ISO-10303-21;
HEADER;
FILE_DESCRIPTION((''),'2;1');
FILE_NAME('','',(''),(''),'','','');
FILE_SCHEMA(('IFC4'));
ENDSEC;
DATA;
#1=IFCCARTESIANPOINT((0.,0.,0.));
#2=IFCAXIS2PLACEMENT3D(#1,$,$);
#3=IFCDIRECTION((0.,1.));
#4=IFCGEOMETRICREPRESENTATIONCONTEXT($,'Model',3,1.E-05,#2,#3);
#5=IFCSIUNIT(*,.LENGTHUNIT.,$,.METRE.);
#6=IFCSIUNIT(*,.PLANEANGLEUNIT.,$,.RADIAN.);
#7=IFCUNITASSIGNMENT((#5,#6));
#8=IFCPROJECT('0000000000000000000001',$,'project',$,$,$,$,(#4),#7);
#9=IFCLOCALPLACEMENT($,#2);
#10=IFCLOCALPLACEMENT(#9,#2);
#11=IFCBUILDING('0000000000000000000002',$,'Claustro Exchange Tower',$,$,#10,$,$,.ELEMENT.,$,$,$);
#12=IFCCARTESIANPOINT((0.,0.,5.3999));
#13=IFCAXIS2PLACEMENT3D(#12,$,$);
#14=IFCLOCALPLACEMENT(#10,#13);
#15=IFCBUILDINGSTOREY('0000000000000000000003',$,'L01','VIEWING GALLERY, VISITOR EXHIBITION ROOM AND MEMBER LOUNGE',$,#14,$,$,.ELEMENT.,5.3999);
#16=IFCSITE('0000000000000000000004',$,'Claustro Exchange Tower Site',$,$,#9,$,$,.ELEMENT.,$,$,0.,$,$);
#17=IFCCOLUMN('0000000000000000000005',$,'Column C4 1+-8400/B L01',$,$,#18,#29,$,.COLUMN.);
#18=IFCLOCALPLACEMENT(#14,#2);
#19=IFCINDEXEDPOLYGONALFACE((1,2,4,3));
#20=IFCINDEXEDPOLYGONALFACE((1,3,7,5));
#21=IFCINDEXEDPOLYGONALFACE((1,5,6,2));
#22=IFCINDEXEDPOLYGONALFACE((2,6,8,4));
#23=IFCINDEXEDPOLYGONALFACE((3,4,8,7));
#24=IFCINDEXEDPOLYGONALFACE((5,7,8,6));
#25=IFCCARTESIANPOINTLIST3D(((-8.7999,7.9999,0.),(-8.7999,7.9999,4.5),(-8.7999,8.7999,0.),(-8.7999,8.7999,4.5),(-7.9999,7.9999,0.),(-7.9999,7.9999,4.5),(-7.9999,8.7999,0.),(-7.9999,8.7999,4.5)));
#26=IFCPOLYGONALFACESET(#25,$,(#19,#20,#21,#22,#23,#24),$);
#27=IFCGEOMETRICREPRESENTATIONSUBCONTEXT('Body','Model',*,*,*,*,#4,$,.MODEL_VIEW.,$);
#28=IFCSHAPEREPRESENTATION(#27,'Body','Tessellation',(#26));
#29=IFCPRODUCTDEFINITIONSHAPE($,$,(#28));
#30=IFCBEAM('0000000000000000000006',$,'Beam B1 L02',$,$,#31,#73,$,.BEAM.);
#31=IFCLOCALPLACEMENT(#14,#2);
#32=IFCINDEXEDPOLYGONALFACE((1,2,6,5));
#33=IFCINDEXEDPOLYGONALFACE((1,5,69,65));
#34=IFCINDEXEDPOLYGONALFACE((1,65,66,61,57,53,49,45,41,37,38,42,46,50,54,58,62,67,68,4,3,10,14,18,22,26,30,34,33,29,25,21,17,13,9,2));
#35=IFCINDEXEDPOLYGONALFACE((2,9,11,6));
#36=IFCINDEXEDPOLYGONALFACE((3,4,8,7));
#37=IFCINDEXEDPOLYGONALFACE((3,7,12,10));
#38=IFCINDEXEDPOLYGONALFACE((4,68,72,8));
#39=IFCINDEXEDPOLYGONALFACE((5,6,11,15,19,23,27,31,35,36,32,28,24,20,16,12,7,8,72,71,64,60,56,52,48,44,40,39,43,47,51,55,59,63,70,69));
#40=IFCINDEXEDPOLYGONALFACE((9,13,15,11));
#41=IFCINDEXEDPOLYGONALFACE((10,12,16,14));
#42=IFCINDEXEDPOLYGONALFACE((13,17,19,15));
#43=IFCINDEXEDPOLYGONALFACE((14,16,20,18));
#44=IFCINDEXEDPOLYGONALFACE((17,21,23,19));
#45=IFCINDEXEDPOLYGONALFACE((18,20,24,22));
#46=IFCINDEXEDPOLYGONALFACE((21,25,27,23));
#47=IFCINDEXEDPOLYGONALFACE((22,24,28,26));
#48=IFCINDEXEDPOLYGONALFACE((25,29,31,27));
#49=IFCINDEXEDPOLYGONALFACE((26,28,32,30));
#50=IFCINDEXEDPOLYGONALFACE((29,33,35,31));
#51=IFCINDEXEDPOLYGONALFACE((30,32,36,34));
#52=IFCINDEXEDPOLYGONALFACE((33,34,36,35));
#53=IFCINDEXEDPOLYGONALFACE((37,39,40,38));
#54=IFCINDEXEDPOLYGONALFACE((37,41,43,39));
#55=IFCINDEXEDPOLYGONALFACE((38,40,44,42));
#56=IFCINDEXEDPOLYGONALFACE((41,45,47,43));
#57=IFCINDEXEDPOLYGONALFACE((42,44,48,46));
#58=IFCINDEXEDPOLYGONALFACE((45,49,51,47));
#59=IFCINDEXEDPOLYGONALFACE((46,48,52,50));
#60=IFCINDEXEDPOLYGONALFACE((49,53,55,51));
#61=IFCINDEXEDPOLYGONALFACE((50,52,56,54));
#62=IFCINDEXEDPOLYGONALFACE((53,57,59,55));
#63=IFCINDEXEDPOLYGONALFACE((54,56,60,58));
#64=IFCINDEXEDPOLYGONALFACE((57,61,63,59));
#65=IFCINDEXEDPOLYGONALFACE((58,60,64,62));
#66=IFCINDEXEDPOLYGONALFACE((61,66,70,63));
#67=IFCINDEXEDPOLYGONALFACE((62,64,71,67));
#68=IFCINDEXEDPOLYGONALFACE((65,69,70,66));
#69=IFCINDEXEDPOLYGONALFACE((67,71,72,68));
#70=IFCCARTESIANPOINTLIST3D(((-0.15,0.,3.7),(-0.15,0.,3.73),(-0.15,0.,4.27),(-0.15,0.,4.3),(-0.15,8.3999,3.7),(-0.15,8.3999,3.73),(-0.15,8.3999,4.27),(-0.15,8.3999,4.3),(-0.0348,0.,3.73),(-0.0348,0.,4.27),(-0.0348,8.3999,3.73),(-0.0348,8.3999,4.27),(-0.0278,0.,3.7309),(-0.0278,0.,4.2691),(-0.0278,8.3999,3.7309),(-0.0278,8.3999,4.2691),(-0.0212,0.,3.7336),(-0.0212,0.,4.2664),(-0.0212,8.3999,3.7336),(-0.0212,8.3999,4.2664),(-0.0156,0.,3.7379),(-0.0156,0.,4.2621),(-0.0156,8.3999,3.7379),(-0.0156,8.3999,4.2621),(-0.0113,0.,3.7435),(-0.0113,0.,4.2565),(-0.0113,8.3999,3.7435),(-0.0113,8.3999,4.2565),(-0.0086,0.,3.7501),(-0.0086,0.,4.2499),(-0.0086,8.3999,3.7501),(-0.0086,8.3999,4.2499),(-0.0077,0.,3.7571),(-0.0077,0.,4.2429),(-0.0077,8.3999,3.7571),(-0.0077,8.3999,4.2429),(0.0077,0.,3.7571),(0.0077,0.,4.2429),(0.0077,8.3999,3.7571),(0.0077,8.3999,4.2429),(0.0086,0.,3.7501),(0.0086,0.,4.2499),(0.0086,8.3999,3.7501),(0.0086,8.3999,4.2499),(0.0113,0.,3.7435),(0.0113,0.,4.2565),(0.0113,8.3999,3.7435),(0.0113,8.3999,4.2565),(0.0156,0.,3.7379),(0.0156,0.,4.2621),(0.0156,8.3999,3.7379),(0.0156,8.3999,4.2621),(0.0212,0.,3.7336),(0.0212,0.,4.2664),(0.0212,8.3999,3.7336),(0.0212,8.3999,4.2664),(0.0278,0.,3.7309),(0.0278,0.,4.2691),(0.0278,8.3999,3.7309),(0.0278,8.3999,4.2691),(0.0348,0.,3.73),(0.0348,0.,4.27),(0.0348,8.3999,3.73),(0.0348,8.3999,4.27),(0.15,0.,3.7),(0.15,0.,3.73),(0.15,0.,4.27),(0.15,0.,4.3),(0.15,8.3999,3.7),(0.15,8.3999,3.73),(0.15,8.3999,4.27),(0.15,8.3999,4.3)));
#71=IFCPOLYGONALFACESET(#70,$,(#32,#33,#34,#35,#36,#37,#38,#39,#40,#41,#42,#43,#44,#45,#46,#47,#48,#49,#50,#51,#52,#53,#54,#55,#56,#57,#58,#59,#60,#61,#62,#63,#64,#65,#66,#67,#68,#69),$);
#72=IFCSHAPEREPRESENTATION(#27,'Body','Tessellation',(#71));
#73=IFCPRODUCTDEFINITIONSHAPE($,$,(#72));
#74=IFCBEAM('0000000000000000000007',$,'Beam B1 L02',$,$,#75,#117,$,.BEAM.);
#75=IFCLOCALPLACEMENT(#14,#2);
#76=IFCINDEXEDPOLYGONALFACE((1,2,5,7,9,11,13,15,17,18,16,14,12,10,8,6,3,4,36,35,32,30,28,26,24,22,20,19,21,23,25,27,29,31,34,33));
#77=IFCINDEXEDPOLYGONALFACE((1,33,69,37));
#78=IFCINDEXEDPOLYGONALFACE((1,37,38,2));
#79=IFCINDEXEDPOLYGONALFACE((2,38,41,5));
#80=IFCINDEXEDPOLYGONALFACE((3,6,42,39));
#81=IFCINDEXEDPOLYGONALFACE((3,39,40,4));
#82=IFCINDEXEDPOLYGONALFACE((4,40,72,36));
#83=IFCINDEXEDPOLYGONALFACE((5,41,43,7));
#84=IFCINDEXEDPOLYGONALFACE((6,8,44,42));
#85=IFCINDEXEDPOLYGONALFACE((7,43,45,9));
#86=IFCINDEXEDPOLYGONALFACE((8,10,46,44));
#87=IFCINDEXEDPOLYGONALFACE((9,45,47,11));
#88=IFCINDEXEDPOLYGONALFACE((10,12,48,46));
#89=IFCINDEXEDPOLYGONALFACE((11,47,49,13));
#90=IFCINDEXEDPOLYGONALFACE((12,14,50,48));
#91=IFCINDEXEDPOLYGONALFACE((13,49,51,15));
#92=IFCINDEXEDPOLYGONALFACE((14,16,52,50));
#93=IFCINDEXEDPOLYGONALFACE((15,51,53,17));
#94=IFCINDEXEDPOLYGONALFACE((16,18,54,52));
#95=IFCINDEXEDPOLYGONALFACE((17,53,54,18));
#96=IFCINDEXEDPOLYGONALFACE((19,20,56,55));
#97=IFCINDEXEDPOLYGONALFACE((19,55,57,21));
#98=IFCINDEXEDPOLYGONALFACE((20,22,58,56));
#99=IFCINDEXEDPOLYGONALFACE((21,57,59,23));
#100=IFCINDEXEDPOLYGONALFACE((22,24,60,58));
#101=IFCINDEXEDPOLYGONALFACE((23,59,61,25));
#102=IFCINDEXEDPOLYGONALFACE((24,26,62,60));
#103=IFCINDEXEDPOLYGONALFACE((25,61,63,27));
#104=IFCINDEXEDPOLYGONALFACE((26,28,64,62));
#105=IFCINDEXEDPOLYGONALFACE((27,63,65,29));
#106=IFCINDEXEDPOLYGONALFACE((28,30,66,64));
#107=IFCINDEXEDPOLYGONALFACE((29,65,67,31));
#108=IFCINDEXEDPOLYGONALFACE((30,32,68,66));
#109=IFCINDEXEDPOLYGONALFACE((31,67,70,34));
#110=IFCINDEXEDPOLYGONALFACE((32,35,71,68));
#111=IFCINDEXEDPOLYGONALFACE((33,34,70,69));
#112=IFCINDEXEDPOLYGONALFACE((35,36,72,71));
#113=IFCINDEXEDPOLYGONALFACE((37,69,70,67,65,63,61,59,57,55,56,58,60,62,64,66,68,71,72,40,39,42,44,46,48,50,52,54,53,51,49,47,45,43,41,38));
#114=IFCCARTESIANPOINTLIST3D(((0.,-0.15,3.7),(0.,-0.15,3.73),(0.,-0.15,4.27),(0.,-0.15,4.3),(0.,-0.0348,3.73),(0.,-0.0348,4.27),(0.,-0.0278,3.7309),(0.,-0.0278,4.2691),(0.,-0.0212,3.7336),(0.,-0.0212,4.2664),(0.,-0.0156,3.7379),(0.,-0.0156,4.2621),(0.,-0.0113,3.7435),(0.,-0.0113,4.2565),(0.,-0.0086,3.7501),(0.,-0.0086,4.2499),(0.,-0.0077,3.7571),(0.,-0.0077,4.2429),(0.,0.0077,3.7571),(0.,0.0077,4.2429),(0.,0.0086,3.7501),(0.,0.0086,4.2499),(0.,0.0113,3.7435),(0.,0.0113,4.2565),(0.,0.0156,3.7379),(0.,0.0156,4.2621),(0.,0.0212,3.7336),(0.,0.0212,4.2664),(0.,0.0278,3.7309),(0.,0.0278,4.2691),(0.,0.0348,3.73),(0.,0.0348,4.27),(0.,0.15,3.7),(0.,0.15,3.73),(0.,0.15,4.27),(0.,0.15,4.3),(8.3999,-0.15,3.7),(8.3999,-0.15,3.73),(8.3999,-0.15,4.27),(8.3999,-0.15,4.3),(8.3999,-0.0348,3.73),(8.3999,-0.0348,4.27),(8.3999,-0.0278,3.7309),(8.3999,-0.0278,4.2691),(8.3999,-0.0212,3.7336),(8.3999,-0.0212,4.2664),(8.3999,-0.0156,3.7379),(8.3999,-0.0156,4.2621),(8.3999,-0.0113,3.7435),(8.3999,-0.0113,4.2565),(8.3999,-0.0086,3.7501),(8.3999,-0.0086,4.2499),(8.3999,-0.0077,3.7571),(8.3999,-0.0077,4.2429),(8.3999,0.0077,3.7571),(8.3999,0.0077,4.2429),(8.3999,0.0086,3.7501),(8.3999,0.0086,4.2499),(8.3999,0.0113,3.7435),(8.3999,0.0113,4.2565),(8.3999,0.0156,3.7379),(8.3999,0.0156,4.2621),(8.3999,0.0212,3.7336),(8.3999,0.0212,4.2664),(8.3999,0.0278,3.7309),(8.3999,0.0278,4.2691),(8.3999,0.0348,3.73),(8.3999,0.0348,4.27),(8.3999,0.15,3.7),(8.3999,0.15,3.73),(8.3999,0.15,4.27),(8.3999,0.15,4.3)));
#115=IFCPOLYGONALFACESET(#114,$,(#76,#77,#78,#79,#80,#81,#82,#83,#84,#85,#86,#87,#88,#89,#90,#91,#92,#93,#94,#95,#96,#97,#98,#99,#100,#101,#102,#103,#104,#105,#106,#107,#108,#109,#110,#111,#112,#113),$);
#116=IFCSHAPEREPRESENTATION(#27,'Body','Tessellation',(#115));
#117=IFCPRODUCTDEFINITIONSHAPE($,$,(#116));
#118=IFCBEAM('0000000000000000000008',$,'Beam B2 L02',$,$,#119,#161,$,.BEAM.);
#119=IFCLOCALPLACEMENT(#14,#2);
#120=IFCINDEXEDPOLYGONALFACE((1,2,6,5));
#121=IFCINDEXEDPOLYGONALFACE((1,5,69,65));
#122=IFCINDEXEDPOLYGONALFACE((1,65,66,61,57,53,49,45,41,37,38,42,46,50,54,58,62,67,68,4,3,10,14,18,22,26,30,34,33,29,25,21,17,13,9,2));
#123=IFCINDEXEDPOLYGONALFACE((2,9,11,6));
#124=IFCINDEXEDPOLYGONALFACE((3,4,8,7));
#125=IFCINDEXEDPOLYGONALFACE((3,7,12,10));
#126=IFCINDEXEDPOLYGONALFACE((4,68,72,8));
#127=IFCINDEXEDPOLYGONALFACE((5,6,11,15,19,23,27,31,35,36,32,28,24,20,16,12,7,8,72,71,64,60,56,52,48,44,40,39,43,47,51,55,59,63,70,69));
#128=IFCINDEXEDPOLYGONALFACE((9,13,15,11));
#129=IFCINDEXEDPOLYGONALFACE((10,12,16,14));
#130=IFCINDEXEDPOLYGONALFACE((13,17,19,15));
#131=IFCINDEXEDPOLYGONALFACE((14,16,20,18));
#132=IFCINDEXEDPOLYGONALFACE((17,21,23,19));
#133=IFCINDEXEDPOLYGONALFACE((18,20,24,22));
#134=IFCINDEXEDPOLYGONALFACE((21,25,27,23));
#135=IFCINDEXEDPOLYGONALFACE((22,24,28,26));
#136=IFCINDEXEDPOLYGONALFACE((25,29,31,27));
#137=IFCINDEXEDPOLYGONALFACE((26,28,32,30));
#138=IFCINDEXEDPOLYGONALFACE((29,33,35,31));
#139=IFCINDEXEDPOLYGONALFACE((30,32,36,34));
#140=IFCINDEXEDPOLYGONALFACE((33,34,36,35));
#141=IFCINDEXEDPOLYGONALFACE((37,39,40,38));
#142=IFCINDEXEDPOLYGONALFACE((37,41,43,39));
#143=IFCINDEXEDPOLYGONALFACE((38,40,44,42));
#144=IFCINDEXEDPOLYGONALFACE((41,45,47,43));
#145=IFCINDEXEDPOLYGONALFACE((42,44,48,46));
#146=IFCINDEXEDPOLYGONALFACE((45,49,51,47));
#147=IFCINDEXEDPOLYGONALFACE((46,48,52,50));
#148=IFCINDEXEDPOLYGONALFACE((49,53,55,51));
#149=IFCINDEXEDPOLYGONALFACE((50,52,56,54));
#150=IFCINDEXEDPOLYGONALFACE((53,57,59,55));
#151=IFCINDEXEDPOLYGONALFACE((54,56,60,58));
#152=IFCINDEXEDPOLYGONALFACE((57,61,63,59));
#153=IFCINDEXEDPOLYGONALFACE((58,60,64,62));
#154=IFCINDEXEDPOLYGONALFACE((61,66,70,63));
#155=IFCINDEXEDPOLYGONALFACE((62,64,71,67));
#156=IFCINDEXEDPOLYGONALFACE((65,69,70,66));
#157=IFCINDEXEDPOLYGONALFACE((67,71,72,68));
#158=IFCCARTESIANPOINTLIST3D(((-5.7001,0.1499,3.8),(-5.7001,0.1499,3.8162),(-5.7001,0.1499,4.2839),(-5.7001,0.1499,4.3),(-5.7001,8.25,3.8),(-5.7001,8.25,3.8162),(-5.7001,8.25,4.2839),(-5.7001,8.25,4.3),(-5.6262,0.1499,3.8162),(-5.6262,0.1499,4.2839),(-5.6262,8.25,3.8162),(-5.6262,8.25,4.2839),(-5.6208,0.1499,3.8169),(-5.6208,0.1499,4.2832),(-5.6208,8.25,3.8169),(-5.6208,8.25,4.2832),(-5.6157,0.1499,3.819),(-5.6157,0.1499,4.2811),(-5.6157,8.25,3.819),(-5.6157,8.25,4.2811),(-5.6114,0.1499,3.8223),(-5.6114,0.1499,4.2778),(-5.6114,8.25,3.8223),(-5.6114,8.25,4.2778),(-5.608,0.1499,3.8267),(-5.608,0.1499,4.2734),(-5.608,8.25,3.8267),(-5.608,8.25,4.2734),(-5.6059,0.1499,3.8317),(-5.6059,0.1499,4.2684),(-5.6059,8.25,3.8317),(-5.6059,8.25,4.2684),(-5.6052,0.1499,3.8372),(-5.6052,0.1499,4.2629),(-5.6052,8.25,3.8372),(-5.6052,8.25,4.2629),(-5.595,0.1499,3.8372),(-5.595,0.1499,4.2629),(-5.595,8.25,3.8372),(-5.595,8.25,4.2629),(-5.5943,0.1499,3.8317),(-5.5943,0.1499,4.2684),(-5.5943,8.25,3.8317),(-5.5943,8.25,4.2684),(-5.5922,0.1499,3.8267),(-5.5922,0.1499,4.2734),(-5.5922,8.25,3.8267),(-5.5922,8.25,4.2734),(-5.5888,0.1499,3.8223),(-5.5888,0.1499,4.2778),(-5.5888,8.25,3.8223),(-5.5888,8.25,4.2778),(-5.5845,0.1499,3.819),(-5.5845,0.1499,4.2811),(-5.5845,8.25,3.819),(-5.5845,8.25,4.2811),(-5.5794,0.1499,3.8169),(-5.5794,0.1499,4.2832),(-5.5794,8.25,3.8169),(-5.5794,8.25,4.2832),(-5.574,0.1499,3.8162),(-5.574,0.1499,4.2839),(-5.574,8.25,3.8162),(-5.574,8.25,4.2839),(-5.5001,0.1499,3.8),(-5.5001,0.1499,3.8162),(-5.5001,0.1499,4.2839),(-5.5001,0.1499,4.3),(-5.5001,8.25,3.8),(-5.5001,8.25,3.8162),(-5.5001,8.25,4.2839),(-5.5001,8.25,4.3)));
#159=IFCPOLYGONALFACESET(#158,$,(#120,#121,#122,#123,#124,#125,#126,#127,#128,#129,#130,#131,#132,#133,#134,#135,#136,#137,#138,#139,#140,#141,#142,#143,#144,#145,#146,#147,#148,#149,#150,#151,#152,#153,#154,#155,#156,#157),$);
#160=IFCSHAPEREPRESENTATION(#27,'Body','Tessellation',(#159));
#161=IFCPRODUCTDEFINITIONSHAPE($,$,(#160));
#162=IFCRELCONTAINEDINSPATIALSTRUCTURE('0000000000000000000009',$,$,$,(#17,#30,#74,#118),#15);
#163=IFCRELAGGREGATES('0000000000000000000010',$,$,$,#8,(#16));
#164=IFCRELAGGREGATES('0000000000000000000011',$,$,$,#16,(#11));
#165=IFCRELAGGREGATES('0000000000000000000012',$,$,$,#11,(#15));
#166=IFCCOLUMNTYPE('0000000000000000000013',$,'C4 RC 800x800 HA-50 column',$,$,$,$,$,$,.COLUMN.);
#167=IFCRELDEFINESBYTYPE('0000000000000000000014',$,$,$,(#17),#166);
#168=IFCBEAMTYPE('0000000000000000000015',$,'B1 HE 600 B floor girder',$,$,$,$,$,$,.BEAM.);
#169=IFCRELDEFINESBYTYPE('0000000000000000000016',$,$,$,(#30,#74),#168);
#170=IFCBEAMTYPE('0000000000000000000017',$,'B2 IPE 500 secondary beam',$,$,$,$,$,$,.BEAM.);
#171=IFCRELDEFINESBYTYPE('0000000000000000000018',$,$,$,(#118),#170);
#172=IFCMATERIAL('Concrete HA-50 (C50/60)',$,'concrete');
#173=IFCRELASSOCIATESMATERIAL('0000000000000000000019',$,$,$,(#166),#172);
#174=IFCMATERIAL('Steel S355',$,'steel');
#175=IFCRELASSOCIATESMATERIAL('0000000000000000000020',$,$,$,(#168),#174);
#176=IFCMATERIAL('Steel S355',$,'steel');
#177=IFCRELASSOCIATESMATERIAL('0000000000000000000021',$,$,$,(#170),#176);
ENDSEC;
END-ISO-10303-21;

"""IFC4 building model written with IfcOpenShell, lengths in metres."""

from ifc_helpers import new_model, si_unit, direction, frame, origin, origin_2d, place, context, subcontext, project, spatial, rectangle, i_section, extrude, material, material_profile, profile_set, type_object, element, save


model = new_model("IFC4")

# Units and contexts
model_context = context("Model", 3, precision=1e-05, world=origin(), true_north=direction((0.0, 1.0)))
body_context = subcontext(model_context, "Body", "Model", "MODEL_VIEW")
ifc_project = project(units=[si_unit("LENGTHUNIT", "METRE"), si_unit("PLANEANGLEUNIT", "RADIAN")], contexts=[model_context])

# Site, building, storey
site_placement = place(None, origin())
site = spatial("IfcSite", under=ifc_project, at=site_placement, Name="Claustro Exchange Tower Site", CompositionType="ELEMENT", RefElevation=0.0)
building_placement = place(site_placement, origin())
building = spatial("IfcBuilding", under=site, at=building_placement, Name="Claustro Exchange Tower", CompositionType="ELEMENT")
storey_placement = place(building_placement, frame((0.0, 0.0, 5.3999)))
storey = spatial("IfcBuildingStorey", under=building, at=storey_placement, Name="L01", Description="VIEWING GALLERY, VISITOR EXHIBITION ROOM AND MEMBER LOUNGE", CompositionType="ELEMENT", Elevation=5.3999)

# Column
ifc_material_1 = material(Name="Concrete HA-50 (C50/60)", Category="concrete")
ifc_material_profile_1 = material_profile(ifc_material_1, rectangle(XDim=0.8, YDim=0.8, at=origin_2d()), Name="RC 800x800")
ifc_profile_set_1 = profile_set([ifc_material_profile_1], Name="Concrete HA-50 (C50/60)")
column_type = type_object("IfcColumnType", Name="C4 RC 800x800 HA-50 column", PredefinedType="COLUMN", material=ifc_profile_set_1)
column_placement = place(storey_placement, frame((-8.3999, 8.3999, 0.0), z_axis=(0.0, 0.0, 1.0), x_axis=(1.0, 0.0, 0.0)))
element("IfcColumn", 1, at=column_placement, inside=storey, type_object=column_type, Name="Column C4 1+-8400/B L01", PredefinedType="COLUMN", context=body_context, shape_type="SweptSolid", body=[
    extrude(rectangle(XDim=0.8, YDim=0.8, at=origin_2d()), origin(), (0.0, 0.0, 1.0), 4.5),
])

# Beams
ifc_material_2 = material(Name="Steel S355", Category="steel")
ifc_material_profile_2 = material_profile(ifc_material_2, i_section(OverallWidth=0.3, OverallDepth=0.6001, WebThickness=0.0154, FlangeThickness=0.03, FilletRadius=0.0271, at=origin_2d()), Name="HE 600 B")
ifc_profile_set_2 = profile_set([ifc_material_profile_2], Name="Steel S355")
beam_type_1 = type_object("IfcBeamType", Name="B1 HE 600 B floor girder", PredefinedType="BEAM", material=ifc_profile_set_2)
for number, where, z_axis, x_axis, name in (
    (2, (0.0, 0.0, 4.0), (0.0, 1.0, 0.0), (-1.0, 0.0, 0.0), "Beam B1 L02"),
    (3, (0.0, 0.0, 4.0), (1.0, 0.0, 0.0), (0.0, 1.0, 0.0), "Beam B1 L02"),
):
    element("IfcBeam", number, at=place(storey_placement, frame(where, z_axis=z_axis, x_axis=x_axis)), inside=storey, type_object=beam_type_1, Name=name, PredefinedType="BEAM", context=body_context, shape_type="SweptSolid", body=[
        extrude(i_section(OverallWidth=0.3, OverallDepth=0.6001, WebThickness=0.0154, FlangeThickness=0.03, FilletRadius=0.0271, at=origin_2d()), origin(), (0.0, 0.0, 1.0), 8.3999),
    ])
ifc_material_3 = material(Name="Steel S355", Category="steel")
ifc_material_profile_3 = material_profile(ifc_material_3, i_section(OverallWidth=0.2, OverallDepth=0.5, WebThickness=0.0103, FlangeThickness=0.0161, FilletRadius=0.021, at=origin_2d()), Name="IPE 500")
ifc_profile_set_3 = profile_set([ifc_material_profile_3], Name="Steel S355")
beam_type_2 = type_object("IfcBeamType", Name="B2 IPE 500 secondary beam", PredefinedType="BEAM", material=ifc_profile_set_3)
for number, where, z_axis, x_axis, name in (
    (4, (-5.6001, 0.1499, 4.05), (0.0, 1.0, 0.0), (-1.0, 0.0, 0.0), "Beam B2 L02"),
):
    element("IfcBeam", number, at=place(storey_placement, frame(where, z_axis=z_axis, x_axis=x_axis)), inside=storey, type_object=beam_type_2, Name=name, PredefinedType="BEAM", context=body_context, shape_type="SweptSolid", body=[
        extrude(i_section(OverallWidth=0.2, OverallDepth=0.5, WebThickness=0.0103, FlangeThickness=0.0161, FilletRadius=0.021, at=origin_2d()), origin(), (0.0, 0.0, 1.0), 8.1001),
    ])

save(model, "model.ifc")
